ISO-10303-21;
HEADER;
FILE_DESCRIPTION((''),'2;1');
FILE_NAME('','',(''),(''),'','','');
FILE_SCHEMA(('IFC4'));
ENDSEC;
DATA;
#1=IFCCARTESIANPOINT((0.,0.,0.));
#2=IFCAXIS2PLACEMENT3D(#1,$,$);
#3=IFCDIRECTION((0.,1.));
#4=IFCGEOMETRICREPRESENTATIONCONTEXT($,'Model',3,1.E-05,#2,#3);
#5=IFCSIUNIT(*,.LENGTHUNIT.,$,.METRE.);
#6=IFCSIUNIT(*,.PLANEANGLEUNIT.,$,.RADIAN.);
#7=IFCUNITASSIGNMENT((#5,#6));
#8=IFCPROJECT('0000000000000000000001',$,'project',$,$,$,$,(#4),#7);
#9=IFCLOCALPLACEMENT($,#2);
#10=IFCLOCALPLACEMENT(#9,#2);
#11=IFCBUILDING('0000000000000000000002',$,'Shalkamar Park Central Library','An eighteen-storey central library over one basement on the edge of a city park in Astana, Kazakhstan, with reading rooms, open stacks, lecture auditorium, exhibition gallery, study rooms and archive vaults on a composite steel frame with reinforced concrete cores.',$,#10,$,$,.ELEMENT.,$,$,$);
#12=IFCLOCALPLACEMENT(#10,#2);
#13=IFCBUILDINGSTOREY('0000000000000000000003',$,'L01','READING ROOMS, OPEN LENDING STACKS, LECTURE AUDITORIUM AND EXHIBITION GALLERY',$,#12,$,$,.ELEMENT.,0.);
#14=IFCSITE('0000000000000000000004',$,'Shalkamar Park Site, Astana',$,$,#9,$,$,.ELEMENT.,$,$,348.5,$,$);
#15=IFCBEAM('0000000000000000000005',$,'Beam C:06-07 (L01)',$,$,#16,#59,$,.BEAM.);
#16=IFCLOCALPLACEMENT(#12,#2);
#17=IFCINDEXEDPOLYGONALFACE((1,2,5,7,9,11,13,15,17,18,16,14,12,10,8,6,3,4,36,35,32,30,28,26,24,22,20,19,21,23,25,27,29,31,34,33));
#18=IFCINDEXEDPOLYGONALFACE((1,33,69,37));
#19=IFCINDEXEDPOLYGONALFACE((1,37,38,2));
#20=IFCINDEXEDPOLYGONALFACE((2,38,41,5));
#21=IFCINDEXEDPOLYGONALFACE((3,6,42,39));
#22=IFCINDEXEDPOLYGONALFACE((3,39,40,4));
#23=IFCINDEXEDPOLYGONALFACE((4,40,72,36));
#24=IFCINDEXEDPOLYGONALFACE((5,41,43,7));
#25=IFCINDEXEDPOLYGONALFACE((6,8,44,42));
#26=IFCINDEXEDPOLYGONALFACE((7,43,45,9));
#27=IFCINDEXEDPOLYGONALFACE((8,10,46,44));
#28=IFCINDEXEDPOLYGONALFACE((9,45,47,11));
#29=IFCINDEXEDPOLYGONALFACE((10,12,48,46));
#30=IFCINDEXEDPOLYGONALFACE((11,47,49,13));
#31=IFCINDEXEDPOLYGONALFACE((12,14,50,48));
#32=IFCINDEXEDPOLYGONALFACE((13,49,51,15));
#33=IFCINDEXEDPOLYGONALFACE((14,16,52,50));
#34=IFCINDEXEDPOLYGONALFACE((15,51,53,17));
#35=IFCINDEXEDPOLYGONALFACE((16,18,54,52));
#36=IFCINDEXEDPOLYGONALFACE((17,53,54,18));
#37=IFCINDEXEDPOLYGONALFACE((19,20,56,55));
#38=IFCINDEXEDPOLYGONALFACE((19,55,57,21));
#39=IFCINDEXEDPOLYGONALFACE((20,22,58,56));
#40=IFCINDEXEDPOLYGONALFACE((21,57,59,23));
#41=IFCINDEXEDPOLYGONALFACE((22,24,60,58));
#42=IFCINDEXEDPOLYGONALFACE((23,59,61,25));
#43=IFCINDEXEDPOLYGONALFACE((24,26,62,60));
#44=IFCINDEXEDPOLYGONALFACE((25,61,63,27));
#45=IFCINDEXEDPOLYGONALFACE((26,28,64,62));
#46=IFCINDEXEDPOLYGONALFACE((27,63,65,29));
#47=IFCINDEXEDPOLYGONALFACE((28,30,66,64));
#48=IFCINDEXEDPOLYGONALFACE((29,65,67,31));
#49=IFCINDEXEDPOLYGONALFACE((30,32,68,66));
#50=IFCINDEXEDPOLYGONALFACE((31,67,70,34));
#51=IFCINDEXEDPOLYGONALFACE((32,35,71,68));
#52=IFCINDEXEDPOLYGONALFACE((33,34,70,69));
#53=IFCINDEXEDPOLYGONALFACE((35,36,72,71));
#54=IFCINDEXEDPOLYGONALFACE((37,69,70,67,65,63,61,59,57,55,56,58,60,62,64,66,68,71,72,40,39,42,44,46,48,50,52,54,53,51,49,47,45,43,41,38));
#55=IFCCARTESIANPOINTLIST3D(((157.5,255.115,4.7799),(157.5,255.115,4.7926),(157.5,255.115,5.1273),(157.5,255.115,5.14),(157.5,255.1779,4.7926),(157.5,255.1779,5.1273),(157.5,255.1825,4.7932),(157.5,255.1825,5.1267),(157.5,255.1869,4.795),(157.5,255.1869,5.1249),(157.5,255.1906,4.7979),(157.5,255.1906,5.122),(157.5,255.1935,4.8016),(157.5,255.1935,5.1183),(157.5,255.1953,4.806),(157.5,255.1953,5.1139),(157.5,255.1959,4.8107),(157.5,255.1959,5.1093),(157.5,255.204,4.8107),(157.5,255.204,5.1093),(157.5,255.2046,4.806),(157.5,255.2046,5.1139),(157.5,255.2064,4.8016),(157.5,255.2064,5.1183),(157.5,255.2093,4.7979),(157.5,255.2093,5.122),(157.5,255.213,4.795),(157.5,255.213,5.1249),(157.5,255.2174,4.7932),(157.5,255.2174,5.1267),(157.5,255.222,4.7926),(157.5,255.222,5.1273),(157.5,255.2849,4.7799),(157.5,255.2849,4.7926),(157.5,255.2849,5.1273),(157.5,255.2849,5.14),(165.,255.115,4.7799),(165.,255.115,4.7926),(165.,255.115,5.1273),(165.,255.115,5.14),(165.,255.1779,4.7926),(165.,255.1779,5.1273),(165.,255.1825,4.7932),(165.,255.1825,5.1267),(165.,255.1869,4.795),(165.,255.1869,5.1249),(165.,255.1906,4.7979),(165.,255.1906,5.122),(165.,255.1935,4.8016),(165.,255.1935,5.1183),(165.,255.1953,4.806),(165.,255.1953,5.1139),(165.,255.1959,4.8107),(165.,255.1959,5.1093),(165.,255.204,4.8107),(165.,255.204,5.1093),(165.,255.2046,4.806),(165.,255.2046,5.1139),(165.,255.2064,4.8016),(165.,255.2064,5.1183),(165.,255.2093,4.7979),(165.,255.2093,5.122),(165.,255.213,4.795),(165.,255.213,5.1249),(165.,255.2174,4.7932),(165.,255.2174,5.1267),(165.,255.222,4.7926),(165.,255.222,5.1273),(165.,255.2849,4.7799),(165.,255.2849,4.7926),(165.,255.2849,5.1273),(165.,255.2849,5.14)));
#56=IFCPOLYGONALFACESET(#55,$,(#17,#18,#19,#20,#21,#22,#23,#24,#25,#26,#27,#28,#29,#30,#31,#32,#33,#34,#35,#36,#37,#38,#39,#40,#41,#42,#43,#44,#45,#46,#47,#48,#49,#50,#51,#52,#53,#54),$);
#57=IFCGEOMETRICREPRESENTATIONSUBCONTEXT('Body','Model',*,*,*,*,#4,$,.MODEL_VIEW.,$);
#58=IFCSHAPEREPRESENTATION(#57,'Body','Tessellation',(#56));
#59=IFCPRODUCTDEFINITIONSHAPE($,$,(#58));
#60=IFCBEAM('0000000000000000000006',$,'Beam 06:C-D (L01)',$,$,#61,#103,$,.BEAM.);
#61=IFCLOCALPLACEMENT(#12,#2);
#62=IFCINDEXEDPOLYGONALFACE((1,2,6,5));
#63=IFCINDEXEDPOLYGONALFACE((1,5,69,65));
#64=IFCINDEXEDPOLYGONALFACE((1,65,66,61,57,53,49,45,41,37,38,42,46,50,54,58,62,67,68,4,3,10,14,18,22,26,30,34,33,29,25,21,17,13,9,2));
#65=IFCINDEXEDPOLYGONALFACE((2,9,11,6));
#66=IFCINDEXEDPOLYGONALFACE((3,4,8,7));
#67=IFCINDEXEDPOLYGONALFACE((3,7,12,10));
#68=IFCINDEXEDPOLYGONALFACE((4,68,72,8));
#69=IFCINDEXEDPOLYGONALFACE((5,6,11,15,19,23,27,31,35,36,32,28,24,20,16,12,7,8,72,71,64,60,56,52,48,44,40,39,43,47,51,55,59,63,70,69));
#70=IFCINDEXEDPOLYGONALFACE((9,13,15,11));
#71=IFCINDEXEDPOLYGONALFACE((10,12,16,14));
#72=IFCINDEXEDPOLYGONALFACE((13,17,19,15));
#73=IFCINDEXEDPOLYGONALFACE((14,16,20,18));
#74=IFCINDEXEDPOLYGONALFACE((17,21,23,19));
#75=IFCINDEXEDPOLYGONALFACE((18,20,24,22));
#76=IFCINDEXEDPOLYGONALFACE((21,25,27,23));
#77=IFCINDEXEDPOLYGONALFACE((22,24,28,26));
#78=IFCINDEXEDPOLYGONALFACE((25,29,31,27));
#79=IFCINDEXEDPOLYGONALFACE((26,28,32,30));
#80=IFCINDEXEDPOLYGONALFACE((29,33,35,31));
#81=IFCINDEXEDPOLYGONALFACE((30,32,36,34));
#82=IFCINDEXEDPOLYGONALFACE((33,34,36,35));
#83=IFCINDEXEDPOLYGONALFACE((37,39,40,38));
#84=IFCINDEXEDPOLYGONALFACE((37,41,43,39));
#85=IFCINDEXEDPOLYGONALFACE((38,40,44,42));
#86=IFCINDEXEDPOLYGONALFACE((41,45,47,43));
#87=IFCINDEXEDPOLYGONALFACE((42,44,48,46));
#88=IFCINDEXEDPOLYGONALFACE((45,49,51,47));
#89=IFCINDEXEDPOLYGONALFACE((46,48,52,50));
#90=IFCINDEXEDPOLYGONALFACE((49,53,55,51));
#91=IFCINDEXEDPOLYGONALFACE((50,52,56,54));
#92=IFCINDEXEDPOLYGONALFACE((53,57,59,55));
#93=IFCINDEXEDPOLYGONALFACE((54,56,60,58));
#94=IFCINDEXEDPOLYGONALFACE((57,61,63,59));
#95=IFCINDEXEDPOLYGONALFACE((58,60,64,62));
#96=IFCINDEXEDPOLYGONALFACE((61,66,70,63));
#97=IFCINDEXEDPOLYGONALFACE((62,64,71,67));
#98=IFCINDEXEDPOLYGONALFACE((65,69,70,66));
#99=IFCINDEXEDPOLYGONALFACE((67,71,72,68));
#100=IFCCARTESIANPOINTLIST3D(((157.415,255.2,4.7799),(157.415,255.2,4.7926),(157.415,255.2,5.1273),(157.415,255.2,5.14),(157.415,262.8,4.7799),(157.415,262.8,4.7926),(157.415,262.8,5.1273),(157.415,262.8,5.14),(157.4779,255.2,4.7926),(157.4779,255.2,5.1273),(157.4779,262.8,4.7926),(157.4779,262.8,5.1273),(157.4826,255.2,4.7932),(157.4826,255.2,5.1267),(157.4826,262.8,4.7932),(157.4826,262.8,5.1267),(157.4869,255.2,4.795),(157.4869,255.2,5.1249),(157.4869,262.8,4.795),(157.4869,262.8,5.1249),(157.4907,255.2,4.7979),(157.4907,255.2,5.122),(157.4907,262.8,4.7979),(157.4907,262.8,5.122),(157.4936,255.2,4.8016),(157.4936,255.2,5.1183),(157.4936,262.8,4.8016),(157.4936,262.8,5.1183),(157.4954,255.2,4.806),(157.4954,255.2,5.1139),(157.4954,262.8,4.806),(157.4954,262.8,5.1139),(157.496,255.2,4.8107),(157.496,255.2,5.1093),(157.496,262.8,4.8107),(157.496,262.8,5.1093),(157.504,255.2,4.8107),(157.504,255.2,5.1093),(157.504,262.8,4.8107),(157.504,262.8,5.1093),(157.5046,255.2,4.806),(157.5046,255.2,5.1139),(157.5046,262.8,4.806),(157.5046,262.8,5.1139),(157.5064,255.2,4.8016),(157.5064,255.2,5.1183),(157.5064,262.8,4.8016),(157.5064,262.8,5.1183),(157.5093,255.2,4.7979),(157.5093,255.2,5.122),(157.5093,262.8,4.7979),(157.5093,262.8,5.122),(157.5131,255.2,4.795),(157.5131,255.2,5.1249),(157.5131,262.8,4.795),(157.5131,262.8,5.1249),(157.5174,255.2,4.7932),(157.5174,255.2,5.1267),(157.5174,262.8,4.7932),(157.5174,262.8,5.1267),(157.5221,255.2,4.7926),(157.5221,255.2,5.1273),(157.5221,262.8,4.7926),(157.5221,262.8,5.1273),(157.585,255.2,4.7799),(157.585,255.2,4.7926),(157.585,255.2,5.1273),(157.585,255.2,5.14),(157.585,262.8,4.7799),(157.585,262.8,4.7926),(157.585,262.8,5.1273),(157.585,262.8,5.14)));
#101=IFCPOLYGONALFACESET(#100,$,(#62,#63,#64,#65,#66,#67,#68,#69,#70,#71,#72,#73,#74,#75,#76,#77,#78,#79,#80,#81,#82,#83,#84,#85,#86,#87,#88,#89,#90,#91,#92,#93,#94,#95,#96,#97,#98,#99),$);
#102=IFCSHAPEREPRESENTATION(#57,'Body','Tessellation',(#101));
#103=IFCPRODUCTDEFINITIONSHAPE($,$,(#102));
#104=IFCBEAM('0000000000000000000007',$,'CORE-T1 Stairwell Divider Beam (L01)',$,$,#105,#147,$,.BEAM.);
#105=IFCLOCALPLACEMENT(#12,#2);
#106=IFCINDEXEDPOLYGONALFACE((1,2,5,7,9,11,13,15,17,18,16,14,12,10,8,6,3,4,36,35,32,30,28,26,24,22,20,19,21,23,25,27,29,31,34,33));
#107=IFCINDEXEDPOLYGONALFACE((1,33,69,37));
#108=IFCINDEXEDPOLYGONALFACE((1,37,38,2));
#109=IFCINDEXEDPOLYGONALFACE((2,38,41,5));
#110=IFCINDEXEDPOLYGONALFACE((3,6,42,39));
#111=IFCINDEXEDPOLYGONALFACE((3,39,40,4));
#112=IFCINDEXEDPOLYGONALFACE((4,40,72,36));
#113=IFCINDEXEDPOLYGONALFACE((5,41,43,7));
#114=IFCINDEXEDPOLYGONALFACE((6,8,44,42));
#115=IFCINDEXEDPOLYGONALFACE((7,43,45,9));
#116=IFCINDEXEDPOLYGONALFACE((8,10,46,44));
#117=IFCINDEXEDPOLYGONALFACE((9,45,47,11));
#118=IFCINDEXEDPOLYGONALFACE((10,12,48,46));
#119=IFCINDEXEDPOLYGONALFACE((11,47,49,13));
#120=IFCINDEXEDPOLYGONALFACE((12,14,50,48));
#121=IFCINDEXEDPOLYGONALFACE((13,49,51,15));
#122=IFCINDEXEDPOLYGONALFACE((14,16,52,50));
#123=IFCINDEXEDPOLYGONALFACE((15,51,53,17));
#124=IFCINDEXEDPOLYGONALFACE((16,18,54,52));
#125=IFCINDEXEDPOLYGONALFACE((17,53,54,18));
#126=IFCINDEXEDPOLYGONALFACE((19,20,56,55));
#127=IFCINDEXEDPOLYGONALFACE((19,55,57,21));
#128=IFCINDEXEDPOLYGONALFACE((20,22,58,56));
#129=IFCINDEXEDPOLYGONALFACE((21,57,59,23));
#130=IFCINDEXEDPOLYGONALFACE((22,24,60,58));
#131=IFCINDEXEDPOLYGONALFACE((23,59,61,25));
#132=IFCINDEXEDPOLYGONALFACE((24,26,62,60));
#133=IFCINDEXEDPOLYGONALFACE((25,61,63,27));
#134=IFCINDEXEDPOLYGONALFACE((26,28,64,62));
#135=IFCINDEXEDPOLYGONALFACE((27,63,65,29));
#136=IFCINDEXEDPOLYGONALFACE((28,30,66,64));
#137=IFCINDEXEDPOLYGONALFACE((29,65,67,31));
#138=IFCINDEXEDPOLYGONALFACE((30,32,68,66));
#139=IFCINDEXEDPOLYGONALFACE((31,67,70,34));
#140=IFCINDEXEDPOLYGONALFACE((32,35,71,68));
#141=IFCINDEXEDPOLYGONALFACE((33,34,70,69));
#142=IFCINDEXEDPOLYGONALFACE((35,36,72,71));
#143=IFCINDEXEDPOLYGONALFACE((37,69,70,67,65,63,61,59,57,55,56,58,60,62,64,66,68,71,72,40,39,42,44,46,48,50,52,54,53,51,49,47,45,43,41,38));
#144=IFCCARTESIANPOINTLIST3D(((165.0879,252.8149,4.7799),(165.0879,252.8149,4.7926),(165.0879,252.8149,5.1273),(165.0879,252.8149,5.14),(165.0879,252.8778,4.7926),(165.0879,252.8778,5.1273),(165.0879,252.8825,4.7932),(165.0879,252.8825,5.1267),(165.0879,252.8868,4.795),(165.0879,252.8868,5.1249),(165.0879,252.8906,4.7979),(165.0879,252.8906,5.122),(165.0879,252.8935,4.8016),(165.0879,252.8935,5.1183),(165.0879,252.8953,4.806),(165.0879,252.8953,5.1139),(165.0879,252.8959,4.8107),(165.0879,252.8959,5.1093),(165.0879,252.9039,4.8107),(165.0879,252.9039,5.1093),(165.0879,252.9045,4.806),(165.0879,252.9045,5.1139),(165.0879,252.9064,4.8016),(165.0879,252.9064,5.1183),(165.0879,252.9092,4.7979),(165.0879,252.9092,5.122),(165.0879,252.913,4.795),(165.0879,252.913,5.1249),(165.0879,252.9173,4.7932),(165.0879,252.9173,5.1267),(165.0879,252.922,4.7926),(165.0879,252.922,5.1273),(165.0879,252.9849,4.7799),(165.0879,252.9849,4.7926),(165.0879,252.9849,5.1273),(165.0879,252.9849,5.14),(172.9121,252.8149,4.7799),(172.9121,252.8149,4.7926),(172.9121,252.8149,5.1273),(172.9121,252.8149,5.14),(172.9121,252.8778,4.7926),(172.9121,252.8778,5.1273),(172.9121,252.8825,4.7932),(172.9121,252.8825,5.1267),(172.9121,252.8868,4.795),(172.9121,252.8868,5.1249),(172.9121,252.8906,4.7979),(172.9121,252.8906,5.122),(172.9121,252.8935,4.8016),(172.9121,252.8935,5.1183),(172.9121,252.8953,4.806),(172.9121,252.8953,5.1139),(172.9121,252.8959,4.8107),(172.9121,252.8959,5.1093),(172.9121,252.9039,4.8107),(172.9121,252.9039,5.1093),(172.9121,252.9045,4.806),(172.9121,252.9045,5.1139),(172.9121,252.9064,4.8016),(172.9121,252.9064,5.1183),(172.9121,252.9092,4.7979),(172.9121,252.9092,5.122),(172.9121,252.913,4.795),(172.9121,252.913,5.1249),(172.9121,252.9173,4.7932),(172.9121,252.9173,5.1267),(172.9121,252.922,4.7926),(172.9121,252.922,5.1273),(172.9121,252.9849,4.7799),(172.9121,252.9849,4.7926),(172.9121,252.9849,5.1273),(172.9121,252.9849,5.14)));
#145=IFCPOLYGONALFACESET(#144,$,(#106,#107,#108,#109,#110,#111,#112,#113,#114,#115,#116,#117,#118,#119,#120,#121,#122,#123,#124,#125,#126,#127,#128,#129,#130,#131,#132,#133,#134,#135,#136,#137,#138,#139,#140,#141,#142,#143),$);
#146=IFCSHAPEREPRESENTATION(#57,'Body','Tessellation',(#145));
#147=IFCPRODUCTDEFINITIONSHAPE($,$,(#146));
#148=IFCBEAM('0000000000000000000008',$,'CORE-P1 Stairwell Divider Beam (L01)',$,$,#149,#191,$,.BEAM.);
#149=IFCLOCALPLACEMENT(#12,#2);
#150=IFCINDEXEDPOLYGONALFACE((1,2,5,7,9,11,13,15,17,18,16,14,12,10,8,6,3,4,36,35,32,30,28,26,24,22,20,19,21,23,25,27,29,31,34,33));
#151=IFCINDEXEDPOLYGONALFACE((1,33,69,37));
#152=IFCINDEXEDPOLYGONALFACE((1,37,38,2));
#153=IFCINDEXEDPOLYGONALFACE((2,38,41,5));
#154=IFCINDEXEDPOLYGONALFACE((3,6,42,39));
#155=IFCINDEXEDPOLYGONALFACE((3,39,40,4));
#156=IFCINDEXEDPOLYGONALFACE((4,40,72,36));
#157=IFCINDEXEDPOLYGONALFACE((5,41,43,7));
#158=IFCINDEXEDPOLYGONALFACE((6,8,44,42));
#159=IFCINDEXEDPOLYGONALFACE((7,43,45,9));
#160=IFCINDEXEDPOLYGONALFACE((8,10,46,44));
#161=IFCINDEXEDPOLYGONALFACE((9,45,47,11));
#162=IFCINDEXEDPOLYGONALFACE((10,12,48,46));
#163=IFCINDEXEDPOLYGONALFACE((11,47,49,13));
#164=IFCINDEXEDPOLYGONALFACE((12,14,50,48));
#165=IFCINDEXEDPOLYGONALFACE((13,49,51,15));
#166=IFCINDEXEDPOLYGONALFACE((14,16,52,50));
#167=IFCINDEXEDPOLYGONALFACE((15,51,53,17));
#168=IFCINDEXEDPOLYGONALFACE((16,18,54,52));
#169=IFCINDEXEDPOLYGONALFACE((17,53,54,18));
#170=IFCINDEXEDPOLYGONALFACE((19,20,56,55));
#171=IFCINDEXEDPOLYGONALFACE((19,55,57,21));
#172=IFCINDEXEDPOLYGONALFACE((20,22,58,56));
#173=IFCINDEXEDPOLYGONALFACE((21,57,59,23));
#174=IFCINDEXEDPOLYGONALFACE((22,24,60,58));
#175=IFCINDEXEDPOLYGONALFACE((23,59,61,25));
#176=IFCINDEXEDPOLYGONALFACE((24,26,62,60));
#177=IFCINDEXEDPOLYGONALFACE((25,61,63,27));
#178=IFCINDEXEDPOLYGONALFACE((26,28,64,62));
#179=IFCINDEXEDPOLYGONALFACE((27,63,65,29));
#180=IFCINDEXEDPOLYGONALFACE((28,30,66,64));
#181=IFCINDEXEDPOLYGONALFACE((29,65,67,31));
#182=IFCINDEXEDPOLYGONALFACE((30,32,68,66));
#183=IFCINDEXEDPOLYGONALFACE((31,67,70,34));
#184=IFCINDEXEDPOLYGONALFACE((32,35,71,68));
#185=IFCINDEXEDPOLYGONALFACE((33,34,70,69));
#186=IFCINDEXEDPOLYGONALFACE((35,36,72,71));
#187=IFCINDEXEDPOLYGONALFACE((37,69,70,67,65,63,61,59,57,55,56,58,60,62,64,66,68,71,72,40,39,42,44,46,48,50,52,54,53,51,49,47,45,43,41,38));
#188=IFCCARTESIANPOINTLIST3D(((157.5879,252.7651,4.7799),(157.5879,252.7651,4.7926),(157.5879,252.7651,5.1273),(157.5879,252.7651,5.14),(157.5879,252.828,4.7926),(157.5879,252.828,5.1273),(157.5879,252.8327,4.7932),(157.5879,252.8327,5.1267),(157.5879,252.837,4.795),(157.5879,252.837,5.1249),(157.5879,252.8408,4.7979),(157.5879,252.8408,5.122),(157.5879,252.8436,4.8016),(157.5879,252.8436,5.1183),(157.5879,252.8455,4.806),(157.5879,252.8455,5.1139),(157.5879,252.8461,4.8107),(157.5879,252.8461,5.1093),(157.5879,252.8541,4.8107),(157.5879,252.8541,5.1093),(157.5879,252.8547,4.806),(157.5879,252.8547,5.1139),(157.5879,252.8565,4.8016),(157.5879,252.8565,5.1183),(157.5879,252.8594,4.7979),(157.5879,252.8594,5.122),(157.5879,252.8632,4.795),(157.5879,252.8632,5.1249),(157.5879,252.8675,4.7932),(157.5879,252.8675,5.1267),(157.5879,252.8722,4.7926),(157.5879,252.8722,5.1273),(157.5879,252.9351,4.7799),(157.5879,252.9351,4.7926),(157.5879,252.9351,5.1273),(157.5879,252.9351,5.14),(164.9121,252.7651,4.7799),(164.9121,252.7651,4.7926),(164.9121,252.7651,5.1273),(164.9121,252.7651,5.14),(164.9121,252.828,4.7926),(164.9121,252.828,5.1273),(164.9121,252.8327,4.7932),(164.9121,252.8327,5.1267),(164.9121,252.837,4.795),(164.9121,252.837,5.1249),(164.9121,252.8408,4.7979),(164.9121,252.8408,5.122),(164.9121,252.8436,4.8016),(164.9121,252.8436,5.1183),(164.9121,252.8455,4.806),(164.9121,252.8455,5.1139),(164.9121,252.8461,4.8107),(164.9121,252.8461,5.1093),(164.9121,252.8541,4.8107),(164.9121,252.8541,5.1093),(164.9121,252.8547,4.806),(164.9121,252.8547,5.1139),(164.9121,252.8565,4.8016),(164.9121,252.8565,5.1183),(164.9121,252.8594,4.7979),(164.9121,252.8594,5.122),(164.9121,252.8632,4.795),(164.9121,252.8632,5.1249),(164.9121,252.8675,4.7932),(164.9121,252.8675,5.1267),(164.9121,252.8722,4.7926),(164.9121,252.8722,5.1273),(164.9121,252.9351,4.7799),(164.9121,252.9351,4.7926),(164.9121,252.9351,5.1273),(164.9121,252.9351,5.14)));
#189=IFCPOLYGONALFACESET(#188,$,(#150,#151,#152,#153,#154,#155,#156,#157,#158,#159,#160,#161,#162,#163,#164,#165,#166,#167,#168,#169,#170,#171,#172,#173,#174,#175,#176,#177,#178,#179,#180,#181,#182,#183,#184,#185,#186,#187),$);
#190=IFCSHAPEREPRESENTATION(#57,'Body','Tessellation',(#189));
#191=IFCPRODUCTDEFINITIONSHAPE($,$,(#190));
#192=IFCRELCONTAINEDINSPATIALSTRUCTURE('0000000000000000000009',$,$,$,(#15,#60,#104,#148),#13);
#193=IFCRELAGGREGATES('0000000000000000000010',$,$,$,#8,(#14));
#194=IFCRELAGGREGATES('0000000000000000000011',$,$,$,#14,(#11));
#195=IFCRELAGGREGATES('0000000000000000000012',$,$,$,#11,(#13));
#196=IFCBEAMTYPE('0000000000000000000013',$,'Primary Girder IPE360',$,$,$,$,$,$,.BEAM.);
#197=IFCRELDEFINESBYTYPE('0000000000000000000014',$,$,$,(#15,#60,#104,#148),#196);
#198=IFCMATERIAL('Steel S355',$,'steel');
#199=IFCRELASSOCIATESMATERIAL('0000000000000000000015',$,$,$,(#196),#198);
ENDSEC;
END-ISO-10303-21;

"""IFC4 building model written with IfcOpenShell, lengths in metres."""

from ifc_helpers import new_model, si_unit, direction, frame, origin, origin_2d, place, context, subcontext, project, spatial, i_section, extrude, material, material_profile, profile_set, type_object, element, save


model = new_model("IFC4")

# Units and contexts
model_context = context("Model", 3, precision=1e-05, world=origin(), true_north=direction((0.0, 1.0)))
body_context = subcontext(model_context, "Body", "Model", "MODEL_VIEW")
ifc_project = project(units=[si_unit("LENGTHUNIT", "METRE"), si_unit("PLANEANGLEUNIT", "RADIAN")], contexts=[model_context])

# Site, building, storey
site_placement = place(None, origin())
site = spatial("IfcSite", under=ifc_project, at=site_placement, Name="Shalkamar Park Site, Astana", CompositionType="ELEMENT", RefElevation=348.5)
building_placement = place(site_placement, origin())
building = spatial("IfcBuilding", under=site, at=building_placement, Name="Shalkamar Park Central Library", Description="An eighteen-storey central library over one basement on the edge of a city park in Astana, Kazakhstan, with reading rooms, open stacks, lecture auditorium, exhibition gallery, study rooms and archive vaults on a composite steel frame with reinforced concrete cores.", CompositionType="ELEMENT")
storey_placement = place(building_placement, origin())
storey = spatial("IfcBuildingStorey", under=building, at=storey_placement, Name="L01", Description="READING ROOMS, OPEN LENDING STACKS, LECTURE AUDITORIUM AND EXHIBITION GALLERY", CompositionType="ELEMENT", Elevation=0.0)

# Shared definitions
ifc_material_1 = material(Name="Steel S355", Category="steel")

# Beams
ifc_material_profile_1 = material_profile(ifc_material_1, i_section(OverallWidth=0.1699, OverallDepth=0.3601, WebThickness=0.0081, FlangeThickness=0.0127, FilletRadius=0.0181, at=origin_2d()), Name="IPE 360")
ifc_profile_set_1 = profile_set([ifc_material_profile_1], Name="Steel S355")
beam_type_1 = type_object("IfcBeamType", Name="Primary Girder IPE360", PredefinedType="BEAM", material=ifc_profile_set_1)
beam_1_placement = place(storey_placement, frame((157.5, 255.2, 4.96), z_axis=(1.0, 0.0, 0.0), x_axis=(0.0, 1.0, 0.0)))
element("IfcBeam", 1, at=beam_1_placement, inside=storey, type_object=beam_type_1, Name="Beam C:06-07 (L01)", PredefinedType="BEAM", context=body_context, shape_type="SweptSolid", body=[
    extrude(i_section(OverallWidth=0.1699, OverallDepth=0.3601, WebThickness=0.0081, FlangeThickness=0.0127, FilletRadius=0.0181, at=origin_2d()), origin(), (0.0, 0.0, 1.0), 7.5),
])
beam_2_placement = place(storey_placement, frame((157.5, 255.2, 4.96), z_axis=(0.0, 1.0, 0.0), x_axis=(-1.0, 0.0, 0.0)))
element("IfcBeam", 2, at=beam_2_placement, inside=storey, type_object=beam_type_1, Name="Beam 06:C-D (L01)", PredefinedType="BEAM", context=body_context, shape_type="SweptSolid", body=[
    extrude(i_section(OverallWidth=0.1699, OverallDepth=0.3601, WebThickness=0.0081, FlangeThickness=0.0127, FilletRadius=0.0181, at=origin_2d()), origin(), (0.0, 0.0, 1.0), 7.6001),
])
beam_3_placement = place(storey_placement, frame((165.0879, 252.8999, 4.96), z_axis=(1.0, 0.0, 0.0), x_axis=(0.0, 1.0, 0.0)))
element("IfcBeam", 3, at=beam_3_placement, inside=storey, type_object=beam_type_1, Name="CORE-T1 Stairwell Divider Beam (L01)", PredefinedType="BEAM", context=body_context, shape_type="SweptSolid", body=[
    extrude(i_section(OverallWidth=0.1699, OverallDepth=0.3601, WebThickness=0.0081, FlangeThickness=0.0127, FilletRadius=0.0181, at=origin_2d()), origin(), (0.0, 0.0, 1.0), 7.8242),
])
beam_4_placement = place(storey_placement, frame((157.5879, 252.8501, 4.96), z_axis=(1.0, 0.0, 0.0), x_axis=(0.0, 1.0, 0.0)))
element("IfcBeam", 4, at=beam_4_placement, inside=storey, type_object=beam_type_1, Name="CORE-P1 Stairwell Divider Beam (L01)", PredefinedType="BEAM", context=body_context, shape_type="SweptSolid", body=[
    extrude(i_section(OverallWidth=0.1699, OverallDepth=0.3601, WebThickness=0.0081, FlangeThickness=0.0127, FilletRadius=0.0181, at=origin_2d()), origin(), (0.0, 0.0, 1.0), 7.3242),
])

save(model, "model.ifc")
